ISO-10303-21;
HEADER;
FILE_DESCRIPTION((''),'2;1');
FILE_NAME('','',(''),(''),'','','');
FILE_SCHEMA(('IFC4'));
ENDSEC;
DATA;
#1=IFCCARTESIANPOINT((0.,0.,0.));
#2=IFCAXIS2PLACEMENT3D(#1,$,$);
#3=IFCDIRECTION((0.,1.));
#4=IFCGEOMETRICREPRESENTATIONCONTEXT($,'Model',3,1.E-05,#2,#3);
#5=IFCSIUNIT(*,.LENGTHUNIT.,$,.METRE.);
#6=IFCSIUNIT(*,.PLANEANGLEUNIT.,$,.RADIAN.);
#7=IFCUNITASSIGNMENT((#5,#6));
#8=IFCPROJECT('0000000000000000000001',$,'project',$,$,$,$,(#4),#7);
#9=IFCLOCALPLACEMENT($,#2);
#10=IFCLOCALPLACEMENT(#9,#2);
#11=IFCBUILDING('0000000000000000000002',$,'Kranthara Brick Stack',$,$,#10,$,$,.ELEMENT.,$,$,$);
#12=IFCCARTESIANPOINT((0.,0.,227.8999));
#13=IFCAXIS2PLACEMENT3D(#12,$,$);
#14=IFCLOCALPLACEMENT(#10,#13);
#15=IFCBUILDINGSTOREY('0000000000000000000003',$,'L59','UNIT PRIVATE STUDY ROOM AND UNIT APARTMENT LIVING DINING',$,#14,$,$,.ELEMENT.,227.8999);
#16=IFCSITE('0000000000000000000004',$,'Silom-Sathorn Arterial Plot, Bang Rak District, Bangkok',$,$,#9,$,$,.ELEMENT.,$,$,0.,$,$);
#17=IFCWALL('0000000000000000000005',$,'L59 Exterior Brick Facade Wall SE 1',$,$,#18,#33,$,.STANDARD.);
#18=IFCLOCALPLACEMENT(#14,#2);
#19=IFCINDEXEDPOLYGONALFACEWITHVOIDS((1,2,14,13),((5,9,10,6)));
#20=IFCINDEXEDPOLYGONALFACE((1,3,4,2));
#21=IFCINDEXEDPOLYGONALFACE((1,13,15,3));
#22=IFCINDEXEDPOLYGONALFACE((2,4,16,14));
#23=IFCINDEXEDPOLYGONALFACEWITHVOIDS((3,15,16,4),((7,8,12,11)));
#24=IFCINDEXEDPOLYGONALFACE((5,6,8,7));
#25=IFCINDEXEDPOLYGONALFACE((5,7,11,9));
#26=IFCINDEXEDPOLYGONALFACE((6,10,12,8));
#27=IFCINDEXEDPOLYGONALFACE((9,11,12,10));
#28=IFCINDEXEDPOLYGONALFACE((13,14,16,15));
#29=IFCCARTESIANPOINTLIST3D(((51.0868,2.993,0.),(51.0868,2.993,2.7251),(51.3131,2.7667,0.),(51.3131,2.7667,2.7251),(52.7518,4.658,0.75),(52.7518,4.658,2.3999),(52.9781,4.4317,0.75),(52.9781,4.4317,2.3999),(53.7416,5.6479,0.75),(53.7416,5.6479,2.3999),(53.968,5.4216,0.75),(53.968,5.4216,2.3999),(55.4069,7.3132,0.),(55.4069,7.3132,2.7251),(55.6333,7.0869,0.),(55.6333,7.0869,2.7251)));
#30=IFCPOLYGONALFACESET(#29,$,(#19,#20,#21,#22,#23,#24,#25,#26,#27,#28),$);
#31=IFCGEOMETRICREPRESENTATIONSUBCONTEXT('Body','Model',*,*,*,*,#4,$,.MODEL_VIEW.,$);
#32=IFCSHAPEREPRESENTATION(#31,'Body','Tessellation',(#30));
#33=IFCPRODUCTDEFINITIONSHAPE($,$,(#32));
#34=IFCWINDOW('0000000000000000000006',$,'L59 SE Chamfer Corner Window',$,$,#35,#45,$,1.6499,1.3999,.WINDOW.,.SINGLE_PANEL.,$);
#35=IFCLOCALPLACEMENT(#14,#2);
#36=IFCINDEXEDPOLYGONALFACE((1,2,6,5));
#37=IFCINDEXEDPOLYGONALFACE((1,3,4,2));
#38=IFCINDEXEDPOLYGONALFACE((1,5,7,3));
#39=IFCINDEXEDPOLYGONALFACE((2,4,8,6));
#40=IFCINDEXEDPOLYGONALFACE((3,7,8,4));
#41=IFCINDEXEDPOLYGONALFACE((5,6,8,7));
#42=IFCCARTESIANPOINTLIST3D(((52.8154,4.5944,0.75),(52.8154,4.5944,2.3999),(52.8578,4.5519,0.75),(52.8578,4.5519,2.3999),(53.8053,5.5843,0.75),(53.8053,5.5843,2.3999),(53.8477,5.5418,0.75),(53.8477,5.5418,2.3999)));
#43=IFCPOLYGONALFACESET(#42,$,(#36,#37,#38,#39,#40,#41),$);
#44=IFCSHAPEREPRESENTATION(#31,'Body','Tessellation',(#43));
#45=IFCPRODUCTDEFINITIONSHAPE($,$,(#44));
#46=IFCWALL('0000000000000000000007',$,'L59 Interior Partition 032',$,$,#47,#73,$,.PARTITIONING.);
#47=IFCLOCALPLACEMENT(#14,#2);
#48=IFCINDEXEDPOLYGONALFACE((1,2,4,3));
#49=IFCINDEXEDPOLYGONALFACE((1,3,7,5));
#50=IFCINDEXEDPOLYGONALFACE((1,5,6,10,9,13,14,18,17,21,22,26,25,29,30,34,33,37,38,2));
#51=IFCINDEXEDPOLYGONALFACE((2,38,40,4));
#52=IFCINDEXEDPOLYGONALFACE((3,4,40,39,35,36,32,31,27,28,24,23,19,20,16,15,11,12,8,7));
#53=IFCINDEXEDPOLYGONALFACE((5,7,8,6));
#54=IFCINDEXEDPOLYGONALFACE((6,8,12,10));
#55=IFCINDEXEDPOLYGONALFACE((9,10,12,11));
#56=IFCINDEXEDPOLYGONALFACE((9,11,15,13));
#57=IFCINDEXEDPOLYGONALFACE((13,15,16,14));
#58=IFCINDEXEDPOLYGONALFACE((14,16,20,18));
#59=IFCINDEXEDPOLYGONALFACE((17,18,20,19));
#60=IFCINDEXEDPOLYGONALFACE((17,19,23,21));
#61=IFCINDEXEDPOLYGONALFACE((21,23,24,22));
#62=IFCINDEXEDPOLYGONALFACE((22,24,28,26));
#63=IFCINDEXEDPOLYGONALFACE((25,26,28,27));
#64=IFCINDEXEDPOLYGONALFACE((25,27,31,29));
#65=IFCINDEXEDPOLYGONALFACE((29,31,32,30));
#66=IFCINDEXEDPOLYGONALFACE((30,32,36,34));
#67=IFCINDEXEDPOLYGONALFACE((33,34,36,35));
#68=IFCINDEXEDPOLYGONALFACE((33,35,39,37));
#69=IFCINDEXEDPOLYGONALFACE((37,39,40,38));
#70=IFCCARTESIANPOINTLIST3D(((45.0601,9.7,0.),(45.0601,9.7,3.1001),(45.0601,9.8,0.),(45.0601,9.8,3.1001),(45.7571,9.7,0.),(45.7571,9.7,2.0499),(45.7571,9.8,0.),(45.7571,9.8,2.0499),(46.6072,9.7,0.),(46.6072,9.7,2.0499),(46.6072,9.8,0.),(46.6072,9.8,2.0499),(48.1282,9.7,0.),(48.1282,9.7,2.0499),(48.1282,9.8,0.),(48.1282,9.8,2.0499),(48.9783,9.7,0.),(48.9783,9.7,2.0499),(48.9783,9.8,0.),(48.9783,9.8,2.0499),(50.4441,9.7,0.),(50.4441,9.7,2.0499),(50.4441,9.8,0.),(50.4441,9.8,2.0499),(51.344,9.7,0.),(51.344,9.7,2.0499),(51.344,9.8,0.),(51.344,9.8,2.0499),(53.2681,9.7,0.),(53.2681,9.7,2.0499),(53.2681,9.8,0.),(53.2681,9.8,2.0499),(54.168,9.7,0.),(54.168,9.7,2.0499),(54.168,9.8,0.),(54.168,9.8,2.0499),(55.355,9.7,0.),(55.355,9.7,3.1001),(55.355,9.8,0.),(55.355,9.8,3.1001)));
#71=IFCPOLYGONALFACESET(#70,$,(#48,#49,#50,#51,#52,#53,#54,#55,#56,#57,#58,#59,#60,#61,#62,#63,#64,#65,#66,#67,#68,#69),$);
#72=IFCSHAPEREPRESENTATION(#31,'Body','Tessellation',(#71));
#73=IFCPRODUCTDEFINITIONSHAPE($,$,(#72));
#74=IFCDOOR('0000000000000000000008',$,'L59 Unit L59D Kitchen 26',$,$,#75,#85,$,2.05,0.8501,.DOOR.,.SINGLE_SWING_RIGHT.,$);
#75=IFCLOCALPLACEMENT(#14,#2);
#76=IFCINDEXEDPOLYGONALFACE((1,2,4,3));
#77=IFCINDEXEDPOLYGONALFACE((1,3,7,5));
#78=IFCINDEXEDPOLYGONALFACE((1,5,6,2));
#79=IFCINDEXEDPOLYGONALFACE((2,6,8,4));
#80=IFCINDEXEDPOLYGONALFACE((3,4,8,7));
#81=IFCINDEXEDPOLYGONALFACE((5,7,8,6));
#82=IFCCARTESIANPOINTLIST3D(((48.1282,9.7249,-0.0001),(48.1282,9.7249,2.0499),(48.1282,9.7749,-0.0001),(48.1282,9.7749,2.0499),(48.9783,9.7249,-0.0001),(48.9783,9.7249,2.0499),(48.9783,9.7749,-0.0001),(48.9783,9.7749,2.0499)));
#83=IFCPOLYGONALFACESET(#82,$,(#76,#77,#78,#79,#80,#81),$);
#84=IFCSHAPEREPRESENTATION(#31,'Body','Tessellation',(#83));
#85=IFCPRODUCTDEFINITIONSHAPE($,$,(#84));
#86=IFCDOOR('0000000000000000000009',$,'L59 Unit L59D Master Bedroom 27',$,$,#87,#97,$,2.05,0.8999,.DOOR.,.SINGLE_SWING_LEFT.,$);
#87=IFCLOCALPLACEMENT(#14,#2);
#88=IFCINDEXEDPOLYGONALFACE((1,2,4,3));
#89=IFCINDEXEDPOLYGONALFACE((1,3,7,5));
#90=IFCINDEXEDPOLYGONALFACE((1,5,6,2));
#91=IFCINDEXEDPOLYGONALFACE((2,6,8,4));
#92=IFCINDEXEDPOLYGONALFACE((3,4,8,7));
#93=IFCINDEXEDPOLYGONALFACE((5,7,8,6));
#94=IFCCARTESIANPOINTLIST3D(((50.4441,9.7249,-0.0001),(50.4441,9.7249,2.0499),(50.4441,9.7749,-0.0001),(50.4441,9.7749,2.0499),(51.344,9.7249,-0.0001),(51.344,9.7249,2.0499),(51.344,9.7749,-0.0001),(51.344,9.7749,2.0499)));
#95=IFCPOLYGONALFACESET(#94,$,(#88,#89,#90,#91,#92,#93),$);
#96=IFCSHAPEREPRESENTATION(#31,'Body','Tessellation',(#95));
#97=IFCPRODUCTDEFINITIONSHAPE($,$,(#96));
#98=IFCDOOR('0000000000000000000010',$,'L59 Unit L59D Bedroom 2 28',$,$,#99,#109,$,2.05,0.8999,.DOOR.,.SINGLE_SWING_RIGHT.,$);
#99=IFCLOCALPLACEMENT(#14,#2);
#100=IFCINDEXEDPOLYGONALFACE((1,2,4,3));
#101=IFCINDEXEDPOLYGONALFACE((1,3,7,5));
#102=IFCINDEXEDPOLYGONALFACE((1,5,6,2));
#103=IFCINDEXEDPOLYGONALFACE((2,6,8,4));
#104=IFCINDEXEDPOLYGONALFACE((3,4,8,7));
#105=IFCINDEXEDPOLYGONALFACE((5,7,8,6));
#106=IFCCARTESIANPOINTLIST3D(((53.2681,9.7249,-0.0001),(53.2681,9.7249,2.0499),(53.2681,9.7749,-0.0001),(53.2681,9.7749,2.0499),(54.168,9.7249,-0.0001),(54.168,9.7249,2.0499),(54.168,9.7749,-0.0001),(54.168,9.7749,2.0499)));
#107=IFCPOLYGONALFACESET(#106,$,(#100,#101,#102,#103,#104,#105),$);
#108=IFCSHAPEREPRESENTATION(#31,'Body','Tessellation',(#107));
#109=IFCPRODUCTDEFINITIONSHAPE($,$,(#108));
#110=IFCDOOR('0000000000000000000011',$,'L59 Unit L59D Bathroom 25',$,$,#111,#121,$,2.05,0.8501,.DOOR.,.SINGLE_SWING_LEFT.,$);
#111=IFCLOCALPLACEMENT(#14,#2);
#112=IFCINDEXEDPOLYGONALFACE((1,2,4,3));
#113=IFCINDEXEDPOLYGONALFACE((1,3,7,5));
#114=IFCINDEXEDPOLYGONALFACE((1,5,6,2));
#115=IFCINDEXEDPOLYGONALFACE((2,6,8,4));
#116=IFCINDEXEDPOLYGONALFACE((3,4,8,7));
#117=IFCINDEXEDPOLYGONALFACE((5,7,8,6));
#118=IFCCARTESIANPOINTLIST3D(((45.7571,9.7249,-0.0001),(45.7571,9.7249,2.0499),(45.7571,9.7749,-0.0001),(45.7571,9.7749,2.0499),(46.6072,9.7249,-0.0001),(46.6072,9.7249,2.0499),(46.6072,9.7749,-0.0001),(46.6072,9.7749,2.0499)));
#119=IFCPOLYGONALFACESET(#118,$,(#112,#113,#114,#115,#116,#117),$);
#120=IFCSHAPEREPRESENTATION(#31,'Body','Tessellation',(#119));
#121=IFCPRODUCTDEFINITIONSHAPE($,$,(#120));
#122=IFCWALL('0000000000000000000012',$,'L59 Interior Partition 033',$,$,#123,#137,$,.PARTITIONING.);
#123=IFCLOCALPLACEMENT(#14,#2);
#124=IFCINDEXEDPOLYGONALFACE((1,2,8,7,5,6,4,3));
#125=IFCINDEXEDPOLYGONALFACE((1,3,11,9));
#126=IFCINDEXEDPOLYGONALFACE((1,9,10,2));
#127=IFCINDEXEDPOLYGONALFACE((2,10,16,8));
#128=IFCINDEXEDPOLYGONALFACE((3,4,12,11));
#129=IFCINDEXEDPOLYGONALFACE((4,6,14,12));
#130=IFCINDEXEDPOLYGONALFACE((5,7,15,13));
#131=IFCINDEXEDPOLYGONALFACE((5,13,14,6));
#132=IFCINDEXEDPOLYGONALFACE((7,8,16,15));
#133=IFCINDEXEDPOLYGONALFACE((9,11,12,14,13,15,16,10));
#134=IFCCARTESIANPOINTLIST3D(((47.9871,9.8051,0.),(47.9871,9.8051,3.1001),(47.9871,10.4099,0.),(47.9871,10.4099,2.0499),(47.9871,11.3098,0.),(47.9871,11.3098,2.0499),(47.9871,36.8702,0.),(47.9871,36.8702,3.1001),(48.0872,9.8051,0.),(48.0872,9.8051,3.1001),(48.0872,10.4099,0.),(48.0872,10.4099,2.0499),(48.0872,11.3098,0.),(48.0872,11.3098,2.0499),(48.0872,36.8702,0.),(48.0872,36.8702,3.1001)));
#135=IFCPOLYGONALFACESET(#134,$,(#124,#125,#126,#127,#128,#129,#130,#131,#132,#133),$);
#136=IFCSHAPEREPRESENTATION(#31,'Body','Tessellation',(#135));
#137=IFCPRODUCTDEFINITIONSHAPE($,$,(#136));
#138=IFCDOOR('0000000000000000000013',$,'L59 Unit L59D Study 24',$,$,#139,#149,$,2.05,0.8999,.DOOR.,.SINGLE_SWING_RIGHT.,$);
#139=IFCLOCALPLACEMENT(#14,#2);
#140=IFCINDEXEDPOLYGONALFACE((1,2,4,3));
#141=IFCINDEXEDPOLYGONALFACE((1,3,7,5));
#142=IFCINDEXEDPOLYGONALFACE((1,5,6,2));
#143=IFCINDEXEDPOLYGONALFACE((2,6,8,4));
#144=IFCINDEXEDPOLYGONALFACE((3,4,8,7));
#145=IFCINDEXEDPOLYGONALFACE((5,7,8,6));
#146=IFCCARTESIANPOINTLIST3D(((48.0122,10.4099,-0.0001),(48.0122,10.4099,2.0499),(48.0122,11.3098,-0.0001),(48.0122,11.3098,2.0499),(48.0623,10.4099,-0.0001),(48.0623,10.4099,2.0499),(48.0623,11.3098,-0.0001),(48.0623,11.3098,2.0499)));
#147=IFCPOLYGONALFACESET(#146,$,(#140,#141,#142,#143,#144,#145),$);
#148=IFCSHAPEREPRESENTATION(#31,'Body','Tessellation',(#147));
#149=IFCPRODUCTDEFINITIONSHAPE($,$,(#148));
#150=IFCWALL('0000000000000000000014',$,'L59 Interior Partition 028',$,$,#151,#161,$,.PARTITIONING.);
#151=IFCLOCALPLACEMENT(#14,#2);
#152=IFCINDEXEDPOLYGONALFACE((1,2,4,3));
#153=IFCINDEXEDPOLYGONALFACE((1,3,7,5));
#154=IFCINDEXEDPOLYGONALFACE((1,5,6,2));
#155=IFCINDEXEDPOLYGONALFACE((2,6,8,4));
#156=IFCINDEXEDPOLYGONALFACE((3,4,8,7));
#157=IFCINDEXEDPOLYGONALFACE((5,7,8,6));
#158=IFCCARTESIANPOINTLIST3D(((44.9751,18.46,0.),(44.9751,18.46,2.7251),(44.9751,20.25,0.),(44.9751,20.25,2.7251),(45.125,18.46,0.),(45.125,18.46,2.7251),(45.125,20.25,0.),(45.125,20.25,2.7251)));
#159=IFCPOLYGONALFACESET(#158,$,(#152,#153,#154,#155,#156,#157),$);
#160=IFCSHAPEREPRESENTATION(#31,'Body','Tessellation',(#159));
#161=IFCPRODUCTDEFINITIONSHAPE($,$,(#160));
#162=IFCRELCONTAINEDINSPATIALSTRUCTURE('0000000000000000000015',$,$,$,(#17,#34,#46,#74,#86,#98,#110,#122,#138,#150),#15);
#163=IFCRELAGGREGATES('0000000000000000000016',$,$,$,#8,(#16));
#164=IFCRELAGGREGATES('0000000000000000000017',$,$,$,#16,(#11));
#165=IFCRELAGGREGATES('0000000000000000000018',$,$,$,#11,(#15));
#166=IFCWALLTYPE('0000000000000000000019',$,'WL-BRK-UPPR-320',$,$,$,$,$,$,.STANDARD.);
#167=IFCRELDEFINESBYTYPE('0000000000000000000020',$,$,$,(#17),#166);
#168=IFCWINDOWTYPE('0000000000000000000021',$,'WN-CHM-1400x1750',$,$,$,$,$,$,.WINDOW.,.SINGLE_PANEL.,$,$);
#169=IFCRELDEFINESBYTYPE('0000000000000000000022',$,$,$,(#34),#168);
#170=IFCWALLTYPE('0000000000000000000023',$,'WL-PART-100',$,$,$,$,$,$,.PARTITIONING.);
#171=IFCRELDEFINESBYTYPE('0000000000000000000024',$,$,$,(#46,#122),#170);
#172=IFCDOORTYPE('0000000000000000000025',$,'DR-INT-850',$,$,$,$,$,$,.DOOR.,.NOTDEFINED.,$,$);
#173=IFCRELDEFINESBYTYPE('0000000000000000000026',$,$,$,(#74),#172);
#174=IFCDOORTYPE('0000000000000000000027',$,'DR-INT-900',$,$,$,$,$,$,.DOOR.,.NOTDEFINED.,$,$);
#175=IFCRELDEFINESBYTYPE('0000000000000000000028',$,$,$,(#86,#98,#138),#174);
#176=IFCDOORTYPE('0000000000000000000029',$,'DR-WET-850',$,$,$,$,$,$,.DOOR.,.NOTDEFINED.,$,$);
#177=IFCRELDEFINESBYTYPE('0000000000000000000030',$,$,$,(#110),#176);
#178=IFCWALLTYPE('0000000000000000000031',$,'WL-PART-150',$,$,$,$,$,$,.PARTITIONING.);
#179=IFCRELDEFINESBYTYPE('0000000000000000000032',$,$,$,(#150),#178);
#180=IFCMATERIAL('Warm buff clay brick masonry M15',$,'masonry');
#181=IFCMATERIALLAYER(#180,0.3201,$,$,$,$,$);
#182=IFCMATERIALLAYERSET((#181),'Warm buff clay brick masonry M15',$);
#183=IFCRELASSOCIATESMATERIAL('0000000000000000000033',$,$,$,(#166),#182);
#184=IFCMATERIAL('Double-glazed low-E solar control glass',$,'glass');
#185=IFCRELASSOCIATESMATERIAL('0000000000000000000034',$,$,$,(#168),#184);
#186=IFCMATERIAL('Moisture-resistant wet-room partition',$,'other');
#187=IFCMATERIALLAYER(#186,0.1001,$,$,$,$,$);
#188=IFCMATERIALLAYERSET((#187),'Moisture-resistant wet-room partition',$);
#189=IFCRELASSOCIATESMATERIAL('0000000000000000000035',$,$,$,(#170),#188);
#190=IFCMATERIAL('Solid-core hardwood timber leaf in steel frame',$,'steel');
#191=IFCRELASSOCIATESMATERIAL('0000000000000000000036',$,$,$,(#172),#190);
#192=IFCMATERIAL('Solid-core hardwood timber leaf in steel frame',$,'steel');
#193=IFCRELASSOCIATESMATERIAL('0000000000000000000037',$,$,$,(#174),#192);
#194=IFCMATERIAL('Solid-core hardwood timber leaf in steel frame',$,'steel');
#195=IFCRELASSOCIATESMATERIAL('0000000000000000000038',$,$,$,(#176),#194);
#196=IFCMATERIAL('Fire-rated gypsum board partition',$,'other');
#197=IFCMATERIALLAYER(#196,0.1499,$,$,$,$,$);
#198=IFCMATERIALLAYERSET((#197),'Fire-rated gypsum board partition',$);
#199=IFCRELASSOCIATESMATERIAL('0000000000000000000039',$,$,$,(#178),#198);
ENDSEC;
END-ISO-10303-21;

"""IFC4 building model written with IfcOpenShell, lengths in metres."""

from ifc_helpers import new_model, si_unit, direction, frame, frame_2d, origin, place, context, subcontext, project, spatial, rectangle, extrude, material, layer, layer_set, type_object, element, fill, save


model = new_model("IFC4")

# Units and contexts
model_context = context("Model", 3, precision=1e-05, world=origin(), true_north=direction((0.0, 1.0)))
body_context = subcontext(model_context, "Body", "Model", "MODEL_VIEW")
ifc_project = project(units=[si_unit("LENGTHUNIT", "METRE"), si_unit("PLANEANGLEUNIT", "RADIAN")], contexts=[model_context])

# Site, building, storey
site_placement = place(None, origin())
site = spatial("IfcSite", under=ifc_project, at=site_placement, Name="Silom-Sathorn Arterial Plot, Bang Rak District, Bangkok", CompositionType="ELEMENT", RefElevation=0.0)
building_placement = place(site_placement, origin())
building = spatial("IfcBuilding", under=site, at=building_placement, Name="Kranthara Brick Stack", CompositionType="ELEMENT")
storey_placement = place(building_placement, frame((0.0, 0.0, 227.8999)))
storey = spatial("IfcBuildingStorey", under=building, at=storey_placement, Name="L59", Description="UNIT PRIVATE STUDY ROOM AND UNIT APARTMENT LIVING DINING", CompositionType="ELEMENT", Elevation=227.8999)

# Wall, opening, window
ifc_material_1 = material(Name="Warm buff clay brick masonry M15", Category="masonry")
ifc_layer_1 = layer(ifc_material_1, 0.3201)
ifc_layer_set_1 = layer_set([ifc_layer_1], Name="Warm buff clay brick masonry M15")
wall_type_1 = type_object("IfcWallType", Name="WL-BRK-UPPR-320", PredefinedType="STANDARD", material=ifc_layer_set_1)
wall_1_placement = place(storey_placement, frame((55.52, 7.2, 0.0), z_axis=(0.0, 0.0, 1.0), x_axis=(-0.707107, -0.707107, 0.0)))
wall_1 = element("IfcWall", 1, at=wall_1_placement, inside=storey, type_object=wall_type_1, Name="L59 Exterior Brick Facade Wall SE 1", PredefinedType="STANDARD", context=body_context, shape_type="SweptSolid", body=[
    extrude(rectangle(XDim=6.1096, YDim=0.3201, at=frame_2d((3.0547, 0.0))), origin(), (0.0, 0.0, 1.0), 2.7251),
])
opening_1_placement = place(wall_1_placement, frame((2.355, 0.0, 0.75)))
opening_1 = element("IfcOpeningElement", 2, at=opening_1_placement, cuts=wall_1, PredefinedType="OPENING", context=body_context, shape_type="SweptSolid", body=[
    extrude(rectangle(XDim=1.3999, YDim=1.6499, at=frame_2d((0.7, 0.825))), frame((0.0, 0.1699, 0.0), z_axis=(0.0, -1.0, 0.0), x_axis=(1.0, 0.0, 0.0)), (0.0, 0.0, 1.0), 0.3401),
])
ifc_material_2 = material(Name="Double-glazed low-E solar control glass", Category="glass")
window_type = type_object("IfcWindowType", Name="WN-CHM-1400x1750", PartitioningType="SINGLE_PANEL", PredefinedType="WINDOW", material=ifc_material_2)
window_placement = place(opening_1_placement, origin())
window = element("IfcWindow", 3, at=window_placement, inside=storey, type_object=window_type, Name="L59 SE Chamfer Corner Window", OverallHeight=1.6499, OverallWidth=1.3999, PartitioningType="SINGLE_PANEL", PredefinedType="WINDOW", context=body_context, shape_type="SweptSolid", body=[
    extrude(rectangle(XDim=1.3999, YDim=1.6499, at=frame_2d((0.7, 0.825))), frame((0.0, -0.01, 0.0), z_axis=(0.0, -1.0, 0.0), x_axis=(1.0, 0.0, 0.0)), (0.0, 0.0, 1.0), 0.0601),
])
fill(opening_1, window)

# Wall, openings, doors
ifc_material_3 = material(Name="Moisture-resistant wet-room partition", Category="other")
ifc_layer_2 = layer(ifc_material_3, 0.1001)
ifc_layer_set_2 = layer_set([ifc_layer_2], Name="Moisture-resistant wet-room partition")
wall_type_2 = type_object("IfcWallType", Name="WL-PART-100", PredefinedType="PARTITIONING", material=ifc_layer_set_2)
wall_2_placement = place(storey_placement, frame((45.0601, 9.75, 0.0), z_axis=(0.0, 0.0, 1.0), x_axis=(1.0, 0.0, 0.0)))
wall_2 = element("IfcWall", 4, at=wall_2_placement, inside=storey, type_object=wall_type_2, Name="L59 Interior Partition 032", PredefinedType="PARTITIONING", context=body_context, shape_type="SweptSolid", body=[
    extrude(rectangle(XDim=10.2949, YDim=0.1001, at=frame_2d((5.1475, 0.0))), origin(), (0.0, 0.0, 1.0), 3.1001),
])
opening_2_placement = place(wall_2_placement, frame((0.697, 0.0, 0.0)))
opening_2 = element("IfcOpeningElement", 5, at=opening_2_placement, cuts=wall_2, PredefinedType="OPENING", context=body_context, shape_type="SweptSolid", body=[
    extrude(rectangle(XDim=0.8501, YDim=2.05, at=frame_2d((0.425, 1.0249))), frame((0.0, 0.0601, 0.0), z_axis=(0.0, -1.0, 0.0), x_axis=(1.0, 0.0, 0.0)), (0.0, 0.0, 1.0), 0.1201),
])
opening_3_placement = place(wall_2_placement, frame((3.0681, 0.0, 0.0)))
opening_3 = element("IfcOpeningElement", 6, at=opening_3_placement, cuts=wall_2, PredefinedType="OPENING", context=body_context, shape_type="SweptSolid", body=[
    extrude(rectangle(XDim=0.8501, YDim=2.05, at=frame_2d((0.425, 1.0249))), frame((0.0, 0.0601, 0.0), z_axis=(0.0, -1.0, 0.0), x_axis=(1.0, 0.0, 0.0)), (0.0, 0.0, 1.0), 0.1201),
])
opening_4_placement = place(wall_2_placement, frame((5.384, 0.0, 0.0)))
opening_4 = element("IfcOpeningElement", 7, at=opening_4_placement, cuts=wall_2, PredefinedType="OPENING", context=body_context, shape_type="SweptSolid", body=[
    extrude(rectangle(XDim=0.8999, YDim=2.05, at=frame_2d((0.45, 1.0249))), frame((0.0, 0.0601, 0.0), z_axis=(0.0, -1.0, 0.0), x_axis=(1.0, 0.0, 0.0)), (0.0, 0.0, 1.0), 0.1201),
])
opening_5_placement = place(wall_2_placement, frame((8.208, 0.0, 0.0)))
opening_5 = element("IfcOpeningElement", 8, at=opening_5_placement, cuts=wall_2, PredefinedType="OPENING", context=body_context, shape_type="SweptSolid", body=[
    extrude(rectangle(XDim=0.8999, YDim=2.05, at=frame_2d((0.45, 1.0249))), frame((0.0, 0.0601, 0.0), z_axis=(0.0, -1.0, 0.0), x_axis=(1.0, 0.0, 0.0)), (0.0, 0.0, 1.0), 0.1201),
])
ifc_material_4 = material(Name="Solid-core hardwood timber leaf in steel frame", Category="steel")
door_type_1 = type_object("IfcDoorType", Name="DR-INT-850", OperationType="NOTDEFINED", PredefinedType="DOOR", material=ifc_material_4)
door_1_placement = place(opening_3_placement, origin())
door_1 = element("IfcDoor", 9, at=door_1_placement, inside=storey, type_object=door_type_1, Name="L59 Unit L59D Kitchen 26", OperationType="SINGLE_SWING_RIGHT", OverallHeight=2.05, OverallWidth=0.8501, PredefinedType="DOOR", context=body_context, shape_type="SweptSolid", body=[
    extrude(rectangle(XDim=0.8501, YDim=2.05, at=frame_2d((0.425, 1.0249))), frame((0.0, 0.0249, 0.0), z_axis=(0.0, -1.0, 0.0), x_axis=(1.0, 0.0, 0.0)), (0.0, 0.0, 1.0), 0.05),
])
fill(opening_3, door_1)
ifc_material_5 = material(Name="Solid-core hardwood timber leaf in steel frame", Category="steel")
door_type_2 = type_object("IfcDoorType", Name="DR-INT-900", OperationType="NOTDEFINED", PredefinedType="DOOR", material=ifc_material_5)
door_2_placement = place(opening_4_placement, origin())
door_2 = element("IfcDoor", 10, at=door_2_placement, inside=storey, type_object=door_type_2, Name="L59 Unit L59D Master Bedroom 27", OperationType="SINGLE_SWING_LEFT", OverallHeight=2.05, OverallWidth=0.8999, PredefinedType="DOOR", context=body_context, shape_type="SweptSolid", body=[
    extrude(rectangle(XDim=0.8999, YDim=2.05, at=frame_2d((0.45, 1.0249))), frame((0.0, 0.0249, 0.0), z_axis=(0.0, -1.0, 0.0), x_axis=(1.0, 0.0, 0.0)), (0.0, 0.0, 1.0), 0.05),
])
fill(opening_4, door_2)
door_3_placement = place(opening_5_placement, origin())
door_3 = element("IfcDoor", 11, at=door_3_placement, inside=storey, type_object=door_type_2, Name="L59 Unit L59D Bedroom 2 28", OperationType="SINGLE_SWING_RIGHT", OverallHeight=2.05, OverallWidth=0.8999, PredefinedType="DOOR", context=body_context, shape_type="SweptSolid", body=[
    extrude(rectangle(XDim=0.8999, YDim=2.05, at=frame_2d((0.45, 1.0249))), frame((0.0, 0.0249, 0.0), z_axis=(0.0, -1.0, 0.0), x_axis=(1.0, 0.0, 0.0)), (0.0, 0.0, 1.0), 0.05),
])
fill(opening_5, door_3)
ifc_material_6 = material(Name="Solid-core hardwood timber leaf in steel frame", Category="steel")
door_type_3 = type_object("IfcDoorType", Name="DR-WET-850", OperationType="NOTDEFINED", PredefinedType="DOOR", material=ifc_material_6)
door_4_placement = place(opening_2_placement, origin())
door_4 = element("IfcDoor", 12, at=door_4_placement, inside=storey, type_object=door_type_3, Name="L59 Unit L59D Bathroom 25", OperationType="SINGLE_SWING_LEFT", OverallHeight=2.05, OverallWidth=0.8501, PredefinedType="DOOR", context=body_context, shape_type="SweptSolid", body=[
    extrude(rectangle(XDim=0.8501, YDim=2.05, at=frame_2d((0.425, 1.0249))), frame((0.0, 0.0249, 0.0), z_axis=(0.0, -1.0, 0.0), x_axis=(1.0, 0.0, 0.0)), (0.0, 0.0, 1.0), 0.05),
])
fill(opening_2, door_4)

# Wall, opening, door
wall_3_placement = place(storey_placement, frame((48.0371, 9.8049, 0.0), z_axis=(0.0, 0.0, 1.0), x_axis=(0.0, 1.0, 0.0)))
wall_3 = element("IfcWall", 13, at=wall_3_placement, inside=storey, type_object=wall_type_2, Name="L59 Interior Partition 033", PredefinedType="PARTITIONING", context=body_context, shape_type="SweptSolid", body=[
    extrude(rectangle(XDim=27.0652, YDim=0.1001, at=frame_2d((13.5327, 0.0))), origin(), (0.0, 0.0, 1.0), 3.1001),
])
opening_6_placement = place(wall_3_placement, frame((0.605, 0.0, 0.0)))
opening_6 = element("IfcOpeningElement", 14, at=opening_6_placement, cuts=wall_3, PredefinedType="OPENING", context=body_context, shape_type="SweptSolid", body=[
    extrude(rectangle(XDim=0.8999, YDim=2.05, at=frame_2d((0.45, 1.0249))), frame((0.0, 0.0601, 0.0), z_axis=(0.0, -1.0, 0.0), x_axis=(1.0, 0.0, 0.0)), (0.0, 0.0, 1.0), 0.1201),
])
door_5_placement = place(opening_6_placement, origin())
door_5 = element("IfcDoor", 15, at=door_5_placement, inside=storey, type_object=door_type_2, Name="L59 Unit L59D Study 24", OperationType="SINGLE_SWING_RIGHT", OverallHeight=2.05, OverallWidth=0.8999, PredefinedType="DOOR", context=body_context, shape_type="SweptSolid", body=[
    extrude(rectangle(XDim=0.8999, YDim=2.05, at=frame_2d((0.45, 1.0249))), frame((0.0, 0.0249, 0.0), z_axis=(0.0, -1.0, 0.0), x_axis=(1.0, 0.0, 0.0)), (0.0, 0.0, 1.0), 0.05),
])
fill(opening_6, door_5)

# Wall
ifc_material_7 = material(Name="Fire-rated gypsum board partition", Category="other")
ifc_layer_3 = layer(ifc_material_7, 0.1499)
ifc_layer_set_3 = layer_set([ifc_layer_3], Name="Fire-rated gypsum board partition")
wall_type_3 = type_object("IfcWallType", Name="WL-PART-150", PredefinedType="PARTITIONING", material=ifc_layer_set_3)
wall_4_placement = place(storey_placement, frame((45.05, 18.46, 0.0), z_axis=(0.0, 0.0, 1.0), x_axis=(0.0, 1.0, 0.0)))
element("IfcWall", 16, at=wall_4_placement, inside=storey, type_object=wall_type_3, Name="L59 Interior Partition 028", PredefinedType="PARTITIONING", context=body_context, shape_type="SweptSolid", body=[
    extrude(rectangle(XDim=1.79, YDim=0.1499, at=frame_2d((0.895, 0.0))), origin(), (0.0, 0.0, 1.0), 2.7251),
])

save(model, "model.ifc")
